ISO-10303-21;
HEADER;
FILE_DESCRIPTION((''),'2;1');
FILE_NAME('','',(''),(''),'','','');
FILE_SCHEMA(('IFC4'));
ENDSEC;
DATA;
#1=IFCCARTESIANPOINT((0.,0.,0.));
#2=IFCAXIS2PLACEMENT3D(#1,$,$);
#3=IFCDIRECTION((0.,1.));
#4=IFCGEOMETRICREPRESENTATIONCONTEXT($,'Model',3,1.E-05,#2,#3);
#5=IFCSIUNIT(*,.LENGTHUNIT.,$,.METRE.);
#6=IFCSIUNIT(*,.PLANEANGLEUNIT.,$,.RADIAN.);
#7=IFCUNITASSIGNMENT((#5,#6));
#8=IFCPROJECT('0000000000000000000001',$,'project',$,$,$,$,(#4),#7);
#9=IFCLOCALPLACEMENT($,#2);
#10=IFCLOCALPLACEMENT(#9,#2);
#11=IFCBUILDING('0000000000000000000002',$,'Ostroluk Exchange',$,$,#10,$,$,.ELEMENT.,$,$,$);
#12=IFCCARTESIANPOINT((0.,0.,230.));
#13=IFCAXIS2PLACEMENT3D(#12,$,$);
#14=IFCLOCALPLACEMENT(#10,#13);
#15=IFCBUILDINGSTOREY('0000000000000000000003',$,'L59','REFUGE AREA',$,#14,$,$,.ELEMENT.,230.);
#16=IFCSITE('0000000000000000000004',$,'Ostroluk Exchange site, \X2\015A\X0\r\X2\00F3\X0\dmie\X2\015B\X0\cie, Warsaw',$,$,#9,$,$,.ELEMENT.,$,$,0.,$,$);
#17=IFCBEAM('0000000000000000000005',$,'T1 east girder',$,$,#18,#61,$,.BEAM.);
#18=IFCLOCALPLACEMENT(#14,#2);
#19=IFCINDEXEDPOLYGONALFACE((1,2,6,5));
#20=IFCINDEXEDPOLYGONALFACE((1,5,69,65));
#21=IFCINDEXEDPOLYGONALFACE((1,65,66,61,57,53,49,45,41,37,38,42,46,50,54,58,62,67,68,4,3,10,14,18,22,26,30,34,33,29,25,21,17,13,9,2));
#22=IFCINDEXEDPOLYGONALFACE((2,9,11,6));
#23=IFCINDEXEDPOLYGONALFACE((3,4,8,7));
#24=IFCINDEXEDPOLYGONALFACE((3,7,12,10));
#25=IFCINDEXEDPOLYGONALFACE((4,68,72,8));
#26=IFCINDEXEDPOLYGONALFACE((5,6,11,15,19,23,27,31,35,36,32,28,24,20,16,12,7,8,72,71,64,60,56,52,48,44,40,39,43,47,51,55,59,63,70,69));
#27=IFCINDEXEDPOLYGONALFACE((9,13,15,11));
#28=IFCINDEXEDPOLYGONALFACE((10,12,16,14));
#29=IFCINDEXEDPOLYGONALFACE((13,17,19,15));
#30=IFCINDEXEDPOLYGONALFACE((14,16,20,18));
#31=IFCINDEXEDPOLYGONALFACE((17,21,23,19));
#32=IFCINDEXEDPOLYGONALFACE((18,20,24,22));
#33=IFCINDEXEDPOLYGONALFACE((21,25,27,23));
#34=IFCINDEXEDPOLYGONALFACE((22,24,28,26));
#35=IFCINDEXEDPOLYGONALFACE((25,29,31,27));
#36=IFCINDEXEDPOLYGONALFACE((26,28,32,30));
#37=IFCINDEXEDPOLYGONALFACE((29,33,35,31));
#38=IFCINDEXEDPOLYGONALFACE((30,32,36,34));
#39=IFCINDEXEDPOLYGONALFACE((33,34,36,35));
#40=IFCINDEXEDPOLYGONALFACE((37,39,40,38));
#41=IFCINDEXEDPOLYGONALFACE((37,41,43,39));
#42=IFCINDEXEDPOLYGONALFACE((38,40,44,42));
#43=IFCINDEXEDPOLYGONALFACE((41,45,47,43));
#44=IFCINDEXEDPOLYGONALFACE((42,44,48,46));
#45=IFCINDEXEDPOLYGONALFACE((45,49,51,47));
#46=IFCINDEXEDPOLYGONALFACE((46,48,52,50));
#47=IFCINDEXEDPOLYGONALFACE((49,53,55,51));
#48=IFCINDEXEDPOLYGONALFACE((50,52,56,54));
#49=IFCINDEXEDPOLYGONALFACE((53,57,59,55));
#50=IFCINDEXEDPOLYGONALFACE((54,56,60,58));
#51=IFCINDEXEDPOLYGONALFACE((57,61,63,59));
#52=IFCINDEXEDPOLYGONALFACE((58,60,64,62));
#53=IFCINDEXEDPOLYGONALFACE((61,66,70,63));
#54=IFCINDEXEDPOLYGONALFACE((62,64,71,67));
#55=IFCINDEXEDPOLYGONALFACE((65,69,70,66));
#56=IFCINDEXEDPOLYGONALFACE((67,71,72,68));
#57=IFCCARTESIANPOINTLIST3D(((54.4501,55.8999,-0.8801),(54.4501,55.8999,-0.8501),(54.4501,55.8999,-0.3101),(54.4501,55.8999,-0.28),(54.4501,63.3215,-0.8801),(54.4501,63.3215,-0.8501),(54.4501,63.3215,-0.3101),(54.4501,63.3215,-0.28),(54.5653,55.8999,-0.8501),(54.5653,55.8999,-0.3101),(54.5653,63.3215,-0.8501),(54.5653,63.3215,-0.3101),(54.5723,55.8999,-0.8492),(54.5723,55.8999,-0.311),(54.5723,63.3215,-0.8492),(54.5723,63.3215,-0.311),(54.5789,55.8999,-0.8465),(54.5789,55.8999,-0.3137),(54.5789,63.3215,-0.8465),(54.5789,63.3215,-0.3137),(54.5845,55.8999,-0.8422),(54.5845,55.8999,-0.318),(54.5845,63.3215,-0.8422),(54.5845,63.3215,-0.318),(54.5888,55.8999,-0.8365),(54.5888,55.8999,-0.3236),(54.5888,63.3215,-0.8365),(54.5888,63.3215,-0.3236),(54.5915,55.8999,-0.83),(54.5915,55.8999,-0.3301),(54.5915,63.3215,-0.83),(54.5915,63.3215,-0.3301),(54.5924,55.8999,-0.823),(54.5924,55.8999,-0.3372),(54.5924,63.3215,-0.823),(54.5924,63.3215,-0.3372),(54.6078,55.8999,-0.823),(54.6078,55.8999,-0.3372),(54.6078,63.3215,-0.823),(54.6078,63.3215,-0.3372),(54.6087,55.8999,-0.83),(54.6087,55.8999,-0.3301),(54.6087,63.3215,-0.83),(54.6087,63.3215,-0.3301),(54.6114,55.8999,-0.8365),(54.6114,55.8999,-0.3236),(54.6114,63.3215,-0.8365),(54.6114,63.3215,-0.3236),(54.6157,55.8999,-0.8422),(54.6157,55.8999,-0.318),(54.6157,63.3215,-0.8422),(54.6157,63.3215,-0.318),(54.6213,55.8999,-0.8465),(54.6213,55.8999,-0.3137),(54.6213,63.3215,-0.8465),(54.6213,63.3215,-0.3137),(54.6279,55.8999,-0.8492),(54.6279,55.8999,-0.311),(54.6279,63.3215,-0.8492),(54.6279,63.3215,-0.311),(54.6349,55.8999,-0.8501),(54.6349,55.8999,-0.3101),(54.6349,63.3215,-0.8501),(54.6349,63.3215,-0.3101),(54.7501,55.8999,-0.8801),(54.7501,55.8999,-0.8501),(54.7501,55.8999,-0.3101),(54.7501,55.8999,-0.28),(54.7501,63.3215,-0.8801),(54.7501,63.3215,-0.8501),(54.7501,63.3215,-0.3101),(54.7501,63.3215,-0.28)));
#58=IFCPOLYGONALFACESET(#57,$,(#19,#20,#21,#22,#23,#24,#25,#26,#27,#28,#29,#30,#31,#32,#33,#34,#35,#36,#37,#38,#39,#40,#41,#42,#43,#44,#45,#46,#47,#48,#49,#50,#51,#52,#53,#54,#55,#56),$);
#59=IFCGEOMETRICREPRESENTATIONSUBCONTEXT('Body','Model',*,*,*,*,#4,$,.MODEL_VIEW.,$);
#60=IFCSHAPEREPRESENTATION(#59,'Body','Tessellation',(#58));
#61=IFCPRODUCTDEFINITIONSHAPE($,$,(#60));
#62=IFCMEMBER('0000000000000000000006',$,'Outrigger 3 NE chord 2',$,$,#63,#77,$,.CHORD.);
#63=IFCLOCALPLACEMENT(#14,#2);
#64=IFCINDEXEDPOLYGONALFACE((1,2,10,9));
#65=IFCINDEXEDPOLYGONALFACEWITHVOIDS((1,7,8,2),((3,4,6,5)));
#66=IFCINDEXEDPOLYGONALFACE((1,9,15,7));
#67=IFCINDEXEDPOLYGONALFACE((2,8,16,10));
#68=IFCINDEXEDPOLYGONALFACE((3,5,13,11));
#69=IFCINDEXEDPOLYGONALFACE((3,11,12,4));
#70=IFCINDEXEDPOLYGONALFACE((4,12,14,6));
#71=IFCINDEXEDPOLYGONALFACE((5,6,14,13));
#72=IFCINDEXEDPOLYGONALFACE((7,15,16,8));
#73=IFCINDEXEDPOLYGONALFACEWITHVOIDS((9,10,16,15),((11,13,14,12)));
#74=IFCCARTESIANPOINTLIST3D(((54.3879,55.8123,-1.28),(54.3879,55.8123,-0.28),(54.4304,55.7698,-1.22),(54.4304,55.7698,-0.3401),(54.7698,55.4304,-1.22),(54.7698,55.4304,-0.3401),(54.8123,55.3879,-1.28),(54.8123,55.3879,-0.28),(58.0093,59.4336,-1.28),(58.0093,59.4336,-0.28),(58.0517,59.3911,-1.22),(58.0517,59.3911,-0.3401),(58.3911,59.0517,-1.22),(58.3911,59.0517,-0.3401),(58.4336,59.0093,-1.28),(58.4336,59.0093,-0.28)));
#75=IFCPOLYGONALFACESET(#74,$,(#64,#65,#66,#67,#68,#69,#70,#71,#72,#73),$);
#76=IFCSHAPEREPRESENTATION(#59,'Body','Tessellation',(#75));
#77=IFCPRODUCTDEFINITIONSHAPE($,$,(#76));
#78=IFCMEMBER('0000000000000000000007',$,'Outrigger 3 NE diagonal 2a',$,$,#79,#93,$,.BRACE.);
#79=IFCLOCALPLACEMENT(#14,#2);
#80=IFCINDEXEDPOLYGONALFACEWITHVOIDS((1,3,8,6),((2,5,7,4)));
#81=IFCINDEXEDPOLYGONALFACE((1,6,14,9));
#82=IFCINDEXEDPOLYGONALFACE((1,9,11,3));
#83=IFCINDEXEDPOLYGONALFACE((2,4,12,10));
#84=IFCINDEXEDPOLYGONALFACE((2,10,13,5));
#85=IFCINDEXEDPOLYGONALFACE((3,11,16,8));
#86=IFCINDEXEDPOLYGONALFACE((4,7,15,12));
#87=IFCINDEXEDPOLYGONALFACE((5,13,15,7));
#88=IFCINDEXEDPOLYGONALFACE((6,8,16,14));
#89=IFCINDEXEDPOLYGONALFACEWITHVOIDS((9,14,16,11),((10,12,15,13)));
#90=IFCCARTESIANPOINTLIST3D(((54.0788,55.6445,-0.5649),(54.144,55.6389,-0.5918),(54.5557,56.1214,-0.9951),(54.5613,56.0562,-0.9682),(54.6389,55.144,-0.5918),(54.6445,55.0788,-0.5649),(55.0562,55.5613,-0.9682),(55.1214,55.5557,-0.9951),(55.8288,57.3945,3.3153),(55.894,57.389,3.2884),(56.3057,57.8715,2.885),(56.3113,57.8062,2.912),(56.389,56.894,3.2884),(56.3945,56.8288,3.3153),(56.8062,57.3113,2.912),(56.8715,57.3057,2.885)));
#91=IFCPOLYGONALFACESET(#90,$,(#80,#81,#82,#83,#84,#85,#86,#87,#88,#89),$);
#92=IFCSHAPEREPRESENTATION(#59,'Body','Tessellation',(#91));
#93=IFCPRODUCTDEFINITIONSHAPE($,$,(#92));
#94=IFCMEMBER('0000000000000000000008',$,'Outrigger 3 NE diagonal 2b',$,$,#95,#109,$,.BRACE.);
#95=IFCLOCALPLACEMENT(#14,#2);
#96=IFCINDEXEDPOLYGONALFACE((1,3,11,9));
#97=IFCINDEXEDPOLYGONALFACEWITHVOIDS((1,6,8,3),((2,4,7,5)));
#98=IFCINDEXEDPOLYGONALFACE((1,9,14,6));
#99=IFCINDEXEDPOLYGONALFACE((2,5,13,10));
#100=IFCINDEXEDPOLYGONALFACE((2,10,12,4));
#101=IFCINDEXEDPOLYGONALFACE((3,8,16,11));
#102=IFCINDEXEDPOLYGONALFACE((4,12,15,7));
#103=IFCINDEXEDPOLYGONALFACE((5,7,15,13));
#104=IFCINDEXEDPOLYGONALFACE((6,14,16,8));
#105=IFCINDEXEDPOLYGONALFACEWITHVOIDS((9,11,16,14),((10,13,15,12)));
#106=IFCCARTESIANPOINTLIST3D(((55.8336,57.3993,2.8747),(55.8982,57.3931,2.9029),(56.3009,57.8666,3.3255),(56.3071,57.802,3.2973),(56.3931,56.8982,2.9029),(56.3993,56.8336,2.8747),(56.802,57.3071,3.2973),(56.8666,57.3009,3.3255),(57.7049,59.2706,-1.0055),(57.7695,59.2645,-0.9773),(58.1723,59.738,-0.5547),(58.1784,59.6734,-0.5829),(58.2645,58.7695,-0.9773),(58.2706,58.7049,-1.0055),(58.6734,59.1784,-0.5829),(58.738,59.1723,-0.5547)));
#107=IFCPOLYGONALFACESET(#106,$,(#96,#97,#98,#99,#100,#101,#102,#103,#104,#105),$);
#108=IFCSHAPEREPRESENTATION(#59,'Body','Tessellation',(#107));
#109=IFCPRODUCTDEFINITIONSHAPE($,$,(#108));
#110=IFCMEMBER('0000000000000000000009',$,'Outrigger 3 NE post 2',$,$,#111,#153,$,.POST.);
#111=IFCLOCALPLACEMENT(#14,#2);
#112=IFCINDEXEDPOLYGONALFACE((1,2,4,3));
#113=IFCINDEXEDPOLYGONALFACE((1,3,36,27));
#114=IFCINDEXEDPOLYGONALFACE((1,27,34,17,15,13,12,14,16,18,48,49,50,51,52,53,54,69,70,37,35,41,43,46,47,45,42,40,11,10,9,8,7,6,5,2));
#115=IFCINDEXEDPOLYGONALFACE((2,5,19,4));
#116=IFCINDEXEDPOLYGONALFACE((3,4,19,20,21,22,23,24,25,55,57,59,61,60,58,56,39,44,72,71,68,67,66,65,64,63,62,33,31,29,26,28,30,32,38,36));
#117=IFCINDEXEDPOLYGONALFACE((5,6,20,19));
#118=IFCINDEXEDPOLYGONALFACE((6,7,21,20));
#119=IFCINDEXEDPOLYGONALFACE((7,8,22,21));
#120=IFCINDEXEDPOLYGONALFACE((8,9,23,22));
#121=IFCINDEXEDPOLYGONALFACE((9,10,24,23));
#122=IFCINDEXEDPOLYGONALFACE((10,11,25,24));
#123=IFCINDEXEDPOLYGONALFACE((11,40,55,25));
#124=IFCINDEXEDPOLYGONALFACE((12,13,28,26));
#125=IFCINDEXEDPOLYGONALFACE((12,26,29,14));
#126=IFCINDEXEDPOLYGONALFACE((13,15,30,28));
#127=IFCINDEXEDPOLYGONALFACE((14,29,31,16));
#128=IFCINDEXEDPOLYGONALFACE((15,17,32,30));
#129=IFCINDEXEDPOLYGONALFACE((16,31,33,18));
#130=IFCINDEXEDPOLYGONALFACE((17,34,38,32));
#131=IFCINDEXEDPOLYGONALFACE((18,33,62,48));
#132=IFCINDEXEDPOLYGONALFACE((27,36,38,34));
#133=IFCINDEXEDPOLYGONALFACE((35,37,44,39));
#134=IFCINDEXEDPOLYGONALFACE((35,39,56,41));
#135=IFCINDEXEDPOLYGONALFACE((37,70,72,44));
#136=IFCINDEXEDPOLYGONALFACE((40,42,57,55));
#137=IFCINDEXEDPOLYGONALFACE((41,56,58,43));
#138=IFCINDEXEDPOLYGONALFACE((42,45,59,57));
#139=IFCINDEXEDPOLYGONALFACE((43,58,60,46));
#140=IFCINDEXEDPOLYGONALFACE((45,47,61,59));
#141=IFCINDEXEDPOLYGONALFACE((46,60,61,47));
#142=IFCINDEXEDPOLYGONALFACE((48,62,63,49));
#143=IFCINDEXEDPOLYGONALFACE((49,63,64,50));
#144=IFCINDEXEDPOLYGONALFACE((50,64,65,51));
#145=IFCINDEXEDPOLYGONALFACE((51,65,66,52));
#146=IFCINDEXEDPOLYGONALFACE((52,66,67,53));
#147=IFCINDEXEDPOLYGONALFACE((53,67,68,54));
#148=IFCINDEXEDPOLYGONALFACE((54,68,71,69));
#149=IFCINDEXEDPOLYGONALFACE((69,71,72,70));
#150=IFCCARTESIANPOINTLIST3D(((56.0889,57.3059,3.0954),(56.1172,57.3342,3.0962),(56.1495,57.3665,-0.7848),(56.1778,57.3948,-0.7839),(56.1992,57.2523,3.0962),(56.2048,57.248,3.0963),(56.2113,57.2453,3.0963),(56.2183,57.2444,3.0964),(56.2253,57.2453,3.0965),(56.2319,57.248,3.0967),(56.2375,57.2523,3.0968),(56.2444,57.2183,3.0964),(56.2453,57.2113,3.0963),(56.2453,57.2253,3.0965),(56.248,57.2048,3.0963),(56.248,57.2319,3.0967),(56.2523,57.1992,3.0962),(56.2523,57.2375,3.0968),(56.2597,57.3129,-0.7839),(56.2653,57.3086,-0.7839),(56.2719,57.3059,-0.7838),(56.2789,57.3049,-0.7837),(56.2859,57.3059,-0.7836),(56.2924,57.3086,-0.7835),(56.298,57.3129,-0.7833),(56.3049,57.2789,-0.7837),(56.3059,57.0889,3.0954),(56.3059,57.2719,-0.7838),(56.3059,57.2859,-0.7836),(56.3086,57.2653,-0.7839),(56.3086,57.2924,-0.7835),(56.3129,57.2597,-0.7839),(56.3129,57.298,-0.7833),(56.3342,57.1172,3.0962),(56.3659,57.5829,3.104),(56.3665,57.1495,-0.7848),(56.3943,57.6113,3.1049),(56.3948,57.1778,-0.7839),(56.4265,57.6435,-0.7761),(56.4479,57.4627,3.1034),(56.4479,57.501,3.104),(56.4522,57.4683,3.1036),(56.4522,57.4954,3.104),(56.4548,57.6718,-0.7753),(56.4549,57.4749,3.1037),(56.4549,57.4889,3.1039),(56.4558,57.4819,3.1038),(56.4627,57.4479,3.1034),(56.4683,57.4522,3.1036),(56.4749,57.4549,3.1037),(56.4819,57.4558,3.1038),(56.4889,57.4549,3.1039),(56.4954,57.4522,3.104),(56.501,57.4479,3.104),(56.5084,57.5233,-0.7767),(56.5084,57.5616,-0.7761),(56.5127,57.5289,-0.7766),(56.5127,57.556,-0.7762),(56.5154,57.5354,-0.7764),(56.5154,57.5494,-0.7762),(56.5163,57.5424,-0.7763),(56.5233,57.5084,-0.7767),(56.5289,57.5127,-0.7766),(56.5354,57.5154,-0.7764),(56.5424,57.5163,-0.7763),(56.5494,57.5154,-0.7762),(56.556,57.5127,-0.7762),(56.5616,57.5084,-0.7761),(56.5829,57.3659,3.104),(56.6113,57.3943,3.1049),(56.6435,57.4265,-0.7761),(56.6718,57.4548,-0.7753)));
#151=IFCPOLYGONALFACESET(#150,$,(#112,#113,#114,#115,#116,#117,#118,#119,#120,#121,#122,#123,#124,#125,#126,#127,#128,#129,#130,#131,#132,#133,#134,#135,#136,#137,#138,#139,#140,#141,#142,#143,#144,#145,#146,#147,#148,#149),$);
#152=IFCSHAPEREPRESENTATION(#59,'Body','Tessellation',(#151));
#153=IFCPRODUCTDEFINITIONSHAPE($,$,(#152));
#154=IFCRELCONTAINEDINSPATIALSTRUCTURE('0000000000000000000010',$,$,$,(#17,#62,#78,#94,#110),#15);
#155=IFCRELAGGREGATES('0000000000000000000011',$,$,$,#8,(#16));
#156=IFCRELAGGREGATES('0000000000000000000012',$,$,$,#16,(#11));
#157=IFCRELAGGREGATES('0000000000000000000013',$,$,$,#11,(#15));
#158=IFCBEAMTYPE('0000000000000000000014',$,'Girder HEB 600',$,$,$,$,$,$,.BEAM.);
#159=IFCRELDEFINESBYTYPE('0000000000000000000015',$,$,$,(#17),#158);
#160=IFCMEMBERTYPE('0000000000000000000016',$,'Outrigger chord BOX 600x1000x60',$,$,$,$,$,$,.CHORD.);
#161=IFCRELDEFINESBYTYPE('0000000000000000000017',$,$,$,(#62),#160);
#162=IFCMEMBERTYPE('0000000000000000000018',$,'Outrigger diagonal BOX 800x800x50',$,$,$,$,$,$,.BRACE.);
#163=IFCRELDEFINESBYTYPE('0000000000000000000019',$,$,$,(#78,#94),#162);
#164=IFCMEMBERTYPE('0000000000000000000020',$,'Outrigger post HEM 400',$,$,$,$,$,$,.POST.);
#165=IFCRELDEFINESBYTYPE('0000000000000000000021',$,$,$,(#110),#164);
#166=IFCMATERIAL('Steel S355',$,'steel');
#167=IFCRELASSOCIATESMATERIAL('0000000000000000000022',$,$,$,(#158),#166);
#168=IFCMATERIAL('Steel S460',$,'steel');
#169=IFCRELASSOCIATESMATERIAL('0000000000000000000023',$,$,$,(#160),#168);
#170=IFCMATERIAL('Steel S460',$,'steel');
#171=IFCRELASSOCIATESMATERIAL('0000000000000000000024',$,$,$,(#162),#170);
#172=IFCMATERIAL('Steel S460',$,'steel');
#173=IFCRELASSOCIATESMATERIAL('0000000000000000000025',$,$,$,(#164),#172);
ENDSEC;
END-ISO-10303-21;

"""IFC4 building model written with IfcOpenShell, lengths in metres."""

from ifc_helpers import new_model, si_unit, direction, frame, origin, origin_2d, place, context, subcontext, project, spatial, hollow_rectangle, i_section, extrude, material, material_profile, profile_set, type_object, element, save


model = new_model("IFC4")

# Units and contexts
model_context = context("Model", 3, precision=1e-05, world=origin(), true_north=direction((0.0, 1.0)))
body_context = subcontext(model_context, "Body", "Model", "MODEL_VIEW")
ifc_project = project(units=[si_unit("LENGTHUNIT", "METRE"), si_unit("PLANEANGLEUNIT", "RADIAN")], contexts=[model_context])

# Site, building, storey
site_placement = place(None, origin())
site = spatial("IfcSite", under=ifc_project, at=site_placement, Name="Ostroluk Exchange site, Śródmieście, Warsaw", CompositionType="ELEMENT", RefElevation=0.0)
building_placement = place(site_placement, origin())
building = spatial("IfcBuilding", under=site, at=building_placement, Name="Ostroluk Exchange", CompositionType="ELEMENT")
storey_placement = place(building_placement, frame((0.0, 0.0, 230.0)))
storey = spatial("IfcBuildingStorey", under=building, at=storey_placement, Name="L59", Description="REFUGE AREA", CompositionType="ELEMENT", Elevation=230.0)

# Beam
ifc_material_1 = material(Name="Steel S355", Category="steel")
ifc_material_profile_1 = material_profile(ifc_material_1, i_section(OverallWidth=0.3, OverallDepth=0.6001, WebThickness=0.0154, FlangeThickness=0.03, FilletRadius=0.0271, at=origin_2d()), Name="HEB 600")
ifc_profile_set_1 = profile_set([ifc_material_profile_1], Name="Steel S355")
beam_type_1 = type_object("IfcBeamType", Name="Girder HEB 600", PredefinedType="BEAM", material=ifc_profile_set_1)
beam_placement = place(storey_placement, frame((54.6001, 55.8999, -0.5801), z_axis=(0.0, 1.0, 0.0), x_axis=(-1.0, 0.0, 0.0)))
element("IfcBeam", 1, at=beam_placement, inside=storey, type_object=beam_type_1, Name="T1 east girder", PredefinedType="BEAM", context=body_context, shape_type="SweptSolid", body=[
    extrude(i_section(OverallWidth=0.3, OverallDepth=0.6001, WebThickness=0.0154, FlangeThickness=0.03, FilletRadius=0.0271, at=origin_2d()), origin(), (0.0, 0.0, 1.0), 7.4216),
])

# Members
ifc_material_2 = material(Name="Steel S460", Category="steel")
ifc_material_profile_2 = material_profile(ifc_material_2, hollow_rectangle(XDim=0.6001, YDim=1.0, WallThickness=0.0601, at=origin_2d()), Name="BOX 600x1000x60")
ifc_profile_set_2 = profile_set([ifc_material_profile_2], Name="Steel S460")
member_type_1 = type_object("IfcMemberType", Name="Outrigger chord BOX 600x1000x60", PredefinedType="CHORD", material=ifc_profile_set_2)
member_1_placement = place(storey_placement, frame((54.6001, 55.6001, -0.78), z_axis=(0.707107, 0.707107, 0.0), x_axis=(-0.707107, 0.707107, 0.0)))
element("IfcMember", 2, at=member_1_placement, inside=storey, type_object=member_type_1, Name="Outrigger 3 NE chord 2", PredefinedType="CHORD", context=body_context, shape_type="SweptSolid", body=[
    extrude(hollow_rectangle(XDim=0.6001, YDim=1.0, WallThickness=0.0601, at=origin_2d()), origin(), (0.0, 0.0, 1.0), 5.1213),
])
ifc_material_3 = material(Name="Steel S460", Category="steel")
ifc_material_profile_3 = material_profile(ifc_material_3, hollow_rectangle(XDim=0.8, YDim=0.8, WallThickness=0.05, at=origin_2d()), Name="BOX 800x800x50")
ifc_profile_set_3 = profile_set([ifc_material_profile_3], Name="Steel S460")
member_type_2 = type_object("IfcMemberType", Name="Outrigger diagonal BOX 800x800x50", PredefinedType="BRACE", material=ifc_profile_set_3)
member_2_placement = place(storey_placement, frame((54.6001, 55.6001, -0.78), z_axis=(0.380252, 0.380252, 0.8431), x_axis=(-0.707107, 0.707107, 0.0)))
element("IfcMember", 3, at=member_2_placement, inside=storey, type_object=member_type_2, Name="Outrigger 3 NE diagonal 2a", PredefinedType="BRACE", context=body_context, shape_type="SweptSolid", body=[
    extrude(hollow_rectangle(XDim=0.8, YDim=0.8, WallThickness=0.05, at=origin_2d()), origin(), (0.0, 0.0, 1.0), 4.6023),
])
member_3_placement = place(storey_placement, frame((56.3501, 57.3501, 3.1001), z_axis=(0.398435, 0.398435, -0.826135), x_axis=(-0.707107, 0.707107, 0.0)))
element("IfcMember", 4, at=member_3_placement, inside=storey, type_object=member_type_2, Name="Outrigger 3 NE diagonal 2b", PredefinedType="BRACE", context=body_context, shape_type="SweptSolid", body=[
    extrude(hollow_rectangle(XDim=0.8, YDim=0.8, WallThickness=0.05, at=origin_2d()), origin(), (0.0, 0.0, 1.0), 4.6968),
])
ifc_material_4 = material(Name="Steel S460", Category="steel")
ifc_material_profile_4 = material_profile(ifc_material_4, i_section(OverallWidth=0.3069, OverallDepth=0.4319, WebThickness=0.021, FlangeThickness=0.04, FilletRadius=0.0271, at=origin_2d()), Name="HEM 400")
ifc_profile_set_4 = profile_set([ifc_material_profile_4], Name="Steel S460")
member_type_3 = type_object("IfcMemberType", Name="Outrigger post HEM 400", PredefinedType="POST", material=ifc_profile_set_4)
member_4_placement = place(storey_placement, frame((56.4106, 57.4106, -0.78), z_axis=(-0.015601, -0.015601, 0.999757), x_axis=(0.707107, -0.707107, 0.0)))
element("IfcMember", 5, at=member_4_placement, inside=storey, type_object=member_type_3, Name="Outrigger 3 NE post 2", PredefinedType="POST", context=body_context, shape_type="SweptSolid", body=[
    extrude(i_section(OverallWidth=0.3069, OverallDepth=0.4319, WebThickness=0.021, FlangeThickness=0.04, FilletRadius=0.0271, at=origin_2d()), origin(), (0.0, 0.0, 1.0), 3.8811),
])

save(model, "model.ifc")
